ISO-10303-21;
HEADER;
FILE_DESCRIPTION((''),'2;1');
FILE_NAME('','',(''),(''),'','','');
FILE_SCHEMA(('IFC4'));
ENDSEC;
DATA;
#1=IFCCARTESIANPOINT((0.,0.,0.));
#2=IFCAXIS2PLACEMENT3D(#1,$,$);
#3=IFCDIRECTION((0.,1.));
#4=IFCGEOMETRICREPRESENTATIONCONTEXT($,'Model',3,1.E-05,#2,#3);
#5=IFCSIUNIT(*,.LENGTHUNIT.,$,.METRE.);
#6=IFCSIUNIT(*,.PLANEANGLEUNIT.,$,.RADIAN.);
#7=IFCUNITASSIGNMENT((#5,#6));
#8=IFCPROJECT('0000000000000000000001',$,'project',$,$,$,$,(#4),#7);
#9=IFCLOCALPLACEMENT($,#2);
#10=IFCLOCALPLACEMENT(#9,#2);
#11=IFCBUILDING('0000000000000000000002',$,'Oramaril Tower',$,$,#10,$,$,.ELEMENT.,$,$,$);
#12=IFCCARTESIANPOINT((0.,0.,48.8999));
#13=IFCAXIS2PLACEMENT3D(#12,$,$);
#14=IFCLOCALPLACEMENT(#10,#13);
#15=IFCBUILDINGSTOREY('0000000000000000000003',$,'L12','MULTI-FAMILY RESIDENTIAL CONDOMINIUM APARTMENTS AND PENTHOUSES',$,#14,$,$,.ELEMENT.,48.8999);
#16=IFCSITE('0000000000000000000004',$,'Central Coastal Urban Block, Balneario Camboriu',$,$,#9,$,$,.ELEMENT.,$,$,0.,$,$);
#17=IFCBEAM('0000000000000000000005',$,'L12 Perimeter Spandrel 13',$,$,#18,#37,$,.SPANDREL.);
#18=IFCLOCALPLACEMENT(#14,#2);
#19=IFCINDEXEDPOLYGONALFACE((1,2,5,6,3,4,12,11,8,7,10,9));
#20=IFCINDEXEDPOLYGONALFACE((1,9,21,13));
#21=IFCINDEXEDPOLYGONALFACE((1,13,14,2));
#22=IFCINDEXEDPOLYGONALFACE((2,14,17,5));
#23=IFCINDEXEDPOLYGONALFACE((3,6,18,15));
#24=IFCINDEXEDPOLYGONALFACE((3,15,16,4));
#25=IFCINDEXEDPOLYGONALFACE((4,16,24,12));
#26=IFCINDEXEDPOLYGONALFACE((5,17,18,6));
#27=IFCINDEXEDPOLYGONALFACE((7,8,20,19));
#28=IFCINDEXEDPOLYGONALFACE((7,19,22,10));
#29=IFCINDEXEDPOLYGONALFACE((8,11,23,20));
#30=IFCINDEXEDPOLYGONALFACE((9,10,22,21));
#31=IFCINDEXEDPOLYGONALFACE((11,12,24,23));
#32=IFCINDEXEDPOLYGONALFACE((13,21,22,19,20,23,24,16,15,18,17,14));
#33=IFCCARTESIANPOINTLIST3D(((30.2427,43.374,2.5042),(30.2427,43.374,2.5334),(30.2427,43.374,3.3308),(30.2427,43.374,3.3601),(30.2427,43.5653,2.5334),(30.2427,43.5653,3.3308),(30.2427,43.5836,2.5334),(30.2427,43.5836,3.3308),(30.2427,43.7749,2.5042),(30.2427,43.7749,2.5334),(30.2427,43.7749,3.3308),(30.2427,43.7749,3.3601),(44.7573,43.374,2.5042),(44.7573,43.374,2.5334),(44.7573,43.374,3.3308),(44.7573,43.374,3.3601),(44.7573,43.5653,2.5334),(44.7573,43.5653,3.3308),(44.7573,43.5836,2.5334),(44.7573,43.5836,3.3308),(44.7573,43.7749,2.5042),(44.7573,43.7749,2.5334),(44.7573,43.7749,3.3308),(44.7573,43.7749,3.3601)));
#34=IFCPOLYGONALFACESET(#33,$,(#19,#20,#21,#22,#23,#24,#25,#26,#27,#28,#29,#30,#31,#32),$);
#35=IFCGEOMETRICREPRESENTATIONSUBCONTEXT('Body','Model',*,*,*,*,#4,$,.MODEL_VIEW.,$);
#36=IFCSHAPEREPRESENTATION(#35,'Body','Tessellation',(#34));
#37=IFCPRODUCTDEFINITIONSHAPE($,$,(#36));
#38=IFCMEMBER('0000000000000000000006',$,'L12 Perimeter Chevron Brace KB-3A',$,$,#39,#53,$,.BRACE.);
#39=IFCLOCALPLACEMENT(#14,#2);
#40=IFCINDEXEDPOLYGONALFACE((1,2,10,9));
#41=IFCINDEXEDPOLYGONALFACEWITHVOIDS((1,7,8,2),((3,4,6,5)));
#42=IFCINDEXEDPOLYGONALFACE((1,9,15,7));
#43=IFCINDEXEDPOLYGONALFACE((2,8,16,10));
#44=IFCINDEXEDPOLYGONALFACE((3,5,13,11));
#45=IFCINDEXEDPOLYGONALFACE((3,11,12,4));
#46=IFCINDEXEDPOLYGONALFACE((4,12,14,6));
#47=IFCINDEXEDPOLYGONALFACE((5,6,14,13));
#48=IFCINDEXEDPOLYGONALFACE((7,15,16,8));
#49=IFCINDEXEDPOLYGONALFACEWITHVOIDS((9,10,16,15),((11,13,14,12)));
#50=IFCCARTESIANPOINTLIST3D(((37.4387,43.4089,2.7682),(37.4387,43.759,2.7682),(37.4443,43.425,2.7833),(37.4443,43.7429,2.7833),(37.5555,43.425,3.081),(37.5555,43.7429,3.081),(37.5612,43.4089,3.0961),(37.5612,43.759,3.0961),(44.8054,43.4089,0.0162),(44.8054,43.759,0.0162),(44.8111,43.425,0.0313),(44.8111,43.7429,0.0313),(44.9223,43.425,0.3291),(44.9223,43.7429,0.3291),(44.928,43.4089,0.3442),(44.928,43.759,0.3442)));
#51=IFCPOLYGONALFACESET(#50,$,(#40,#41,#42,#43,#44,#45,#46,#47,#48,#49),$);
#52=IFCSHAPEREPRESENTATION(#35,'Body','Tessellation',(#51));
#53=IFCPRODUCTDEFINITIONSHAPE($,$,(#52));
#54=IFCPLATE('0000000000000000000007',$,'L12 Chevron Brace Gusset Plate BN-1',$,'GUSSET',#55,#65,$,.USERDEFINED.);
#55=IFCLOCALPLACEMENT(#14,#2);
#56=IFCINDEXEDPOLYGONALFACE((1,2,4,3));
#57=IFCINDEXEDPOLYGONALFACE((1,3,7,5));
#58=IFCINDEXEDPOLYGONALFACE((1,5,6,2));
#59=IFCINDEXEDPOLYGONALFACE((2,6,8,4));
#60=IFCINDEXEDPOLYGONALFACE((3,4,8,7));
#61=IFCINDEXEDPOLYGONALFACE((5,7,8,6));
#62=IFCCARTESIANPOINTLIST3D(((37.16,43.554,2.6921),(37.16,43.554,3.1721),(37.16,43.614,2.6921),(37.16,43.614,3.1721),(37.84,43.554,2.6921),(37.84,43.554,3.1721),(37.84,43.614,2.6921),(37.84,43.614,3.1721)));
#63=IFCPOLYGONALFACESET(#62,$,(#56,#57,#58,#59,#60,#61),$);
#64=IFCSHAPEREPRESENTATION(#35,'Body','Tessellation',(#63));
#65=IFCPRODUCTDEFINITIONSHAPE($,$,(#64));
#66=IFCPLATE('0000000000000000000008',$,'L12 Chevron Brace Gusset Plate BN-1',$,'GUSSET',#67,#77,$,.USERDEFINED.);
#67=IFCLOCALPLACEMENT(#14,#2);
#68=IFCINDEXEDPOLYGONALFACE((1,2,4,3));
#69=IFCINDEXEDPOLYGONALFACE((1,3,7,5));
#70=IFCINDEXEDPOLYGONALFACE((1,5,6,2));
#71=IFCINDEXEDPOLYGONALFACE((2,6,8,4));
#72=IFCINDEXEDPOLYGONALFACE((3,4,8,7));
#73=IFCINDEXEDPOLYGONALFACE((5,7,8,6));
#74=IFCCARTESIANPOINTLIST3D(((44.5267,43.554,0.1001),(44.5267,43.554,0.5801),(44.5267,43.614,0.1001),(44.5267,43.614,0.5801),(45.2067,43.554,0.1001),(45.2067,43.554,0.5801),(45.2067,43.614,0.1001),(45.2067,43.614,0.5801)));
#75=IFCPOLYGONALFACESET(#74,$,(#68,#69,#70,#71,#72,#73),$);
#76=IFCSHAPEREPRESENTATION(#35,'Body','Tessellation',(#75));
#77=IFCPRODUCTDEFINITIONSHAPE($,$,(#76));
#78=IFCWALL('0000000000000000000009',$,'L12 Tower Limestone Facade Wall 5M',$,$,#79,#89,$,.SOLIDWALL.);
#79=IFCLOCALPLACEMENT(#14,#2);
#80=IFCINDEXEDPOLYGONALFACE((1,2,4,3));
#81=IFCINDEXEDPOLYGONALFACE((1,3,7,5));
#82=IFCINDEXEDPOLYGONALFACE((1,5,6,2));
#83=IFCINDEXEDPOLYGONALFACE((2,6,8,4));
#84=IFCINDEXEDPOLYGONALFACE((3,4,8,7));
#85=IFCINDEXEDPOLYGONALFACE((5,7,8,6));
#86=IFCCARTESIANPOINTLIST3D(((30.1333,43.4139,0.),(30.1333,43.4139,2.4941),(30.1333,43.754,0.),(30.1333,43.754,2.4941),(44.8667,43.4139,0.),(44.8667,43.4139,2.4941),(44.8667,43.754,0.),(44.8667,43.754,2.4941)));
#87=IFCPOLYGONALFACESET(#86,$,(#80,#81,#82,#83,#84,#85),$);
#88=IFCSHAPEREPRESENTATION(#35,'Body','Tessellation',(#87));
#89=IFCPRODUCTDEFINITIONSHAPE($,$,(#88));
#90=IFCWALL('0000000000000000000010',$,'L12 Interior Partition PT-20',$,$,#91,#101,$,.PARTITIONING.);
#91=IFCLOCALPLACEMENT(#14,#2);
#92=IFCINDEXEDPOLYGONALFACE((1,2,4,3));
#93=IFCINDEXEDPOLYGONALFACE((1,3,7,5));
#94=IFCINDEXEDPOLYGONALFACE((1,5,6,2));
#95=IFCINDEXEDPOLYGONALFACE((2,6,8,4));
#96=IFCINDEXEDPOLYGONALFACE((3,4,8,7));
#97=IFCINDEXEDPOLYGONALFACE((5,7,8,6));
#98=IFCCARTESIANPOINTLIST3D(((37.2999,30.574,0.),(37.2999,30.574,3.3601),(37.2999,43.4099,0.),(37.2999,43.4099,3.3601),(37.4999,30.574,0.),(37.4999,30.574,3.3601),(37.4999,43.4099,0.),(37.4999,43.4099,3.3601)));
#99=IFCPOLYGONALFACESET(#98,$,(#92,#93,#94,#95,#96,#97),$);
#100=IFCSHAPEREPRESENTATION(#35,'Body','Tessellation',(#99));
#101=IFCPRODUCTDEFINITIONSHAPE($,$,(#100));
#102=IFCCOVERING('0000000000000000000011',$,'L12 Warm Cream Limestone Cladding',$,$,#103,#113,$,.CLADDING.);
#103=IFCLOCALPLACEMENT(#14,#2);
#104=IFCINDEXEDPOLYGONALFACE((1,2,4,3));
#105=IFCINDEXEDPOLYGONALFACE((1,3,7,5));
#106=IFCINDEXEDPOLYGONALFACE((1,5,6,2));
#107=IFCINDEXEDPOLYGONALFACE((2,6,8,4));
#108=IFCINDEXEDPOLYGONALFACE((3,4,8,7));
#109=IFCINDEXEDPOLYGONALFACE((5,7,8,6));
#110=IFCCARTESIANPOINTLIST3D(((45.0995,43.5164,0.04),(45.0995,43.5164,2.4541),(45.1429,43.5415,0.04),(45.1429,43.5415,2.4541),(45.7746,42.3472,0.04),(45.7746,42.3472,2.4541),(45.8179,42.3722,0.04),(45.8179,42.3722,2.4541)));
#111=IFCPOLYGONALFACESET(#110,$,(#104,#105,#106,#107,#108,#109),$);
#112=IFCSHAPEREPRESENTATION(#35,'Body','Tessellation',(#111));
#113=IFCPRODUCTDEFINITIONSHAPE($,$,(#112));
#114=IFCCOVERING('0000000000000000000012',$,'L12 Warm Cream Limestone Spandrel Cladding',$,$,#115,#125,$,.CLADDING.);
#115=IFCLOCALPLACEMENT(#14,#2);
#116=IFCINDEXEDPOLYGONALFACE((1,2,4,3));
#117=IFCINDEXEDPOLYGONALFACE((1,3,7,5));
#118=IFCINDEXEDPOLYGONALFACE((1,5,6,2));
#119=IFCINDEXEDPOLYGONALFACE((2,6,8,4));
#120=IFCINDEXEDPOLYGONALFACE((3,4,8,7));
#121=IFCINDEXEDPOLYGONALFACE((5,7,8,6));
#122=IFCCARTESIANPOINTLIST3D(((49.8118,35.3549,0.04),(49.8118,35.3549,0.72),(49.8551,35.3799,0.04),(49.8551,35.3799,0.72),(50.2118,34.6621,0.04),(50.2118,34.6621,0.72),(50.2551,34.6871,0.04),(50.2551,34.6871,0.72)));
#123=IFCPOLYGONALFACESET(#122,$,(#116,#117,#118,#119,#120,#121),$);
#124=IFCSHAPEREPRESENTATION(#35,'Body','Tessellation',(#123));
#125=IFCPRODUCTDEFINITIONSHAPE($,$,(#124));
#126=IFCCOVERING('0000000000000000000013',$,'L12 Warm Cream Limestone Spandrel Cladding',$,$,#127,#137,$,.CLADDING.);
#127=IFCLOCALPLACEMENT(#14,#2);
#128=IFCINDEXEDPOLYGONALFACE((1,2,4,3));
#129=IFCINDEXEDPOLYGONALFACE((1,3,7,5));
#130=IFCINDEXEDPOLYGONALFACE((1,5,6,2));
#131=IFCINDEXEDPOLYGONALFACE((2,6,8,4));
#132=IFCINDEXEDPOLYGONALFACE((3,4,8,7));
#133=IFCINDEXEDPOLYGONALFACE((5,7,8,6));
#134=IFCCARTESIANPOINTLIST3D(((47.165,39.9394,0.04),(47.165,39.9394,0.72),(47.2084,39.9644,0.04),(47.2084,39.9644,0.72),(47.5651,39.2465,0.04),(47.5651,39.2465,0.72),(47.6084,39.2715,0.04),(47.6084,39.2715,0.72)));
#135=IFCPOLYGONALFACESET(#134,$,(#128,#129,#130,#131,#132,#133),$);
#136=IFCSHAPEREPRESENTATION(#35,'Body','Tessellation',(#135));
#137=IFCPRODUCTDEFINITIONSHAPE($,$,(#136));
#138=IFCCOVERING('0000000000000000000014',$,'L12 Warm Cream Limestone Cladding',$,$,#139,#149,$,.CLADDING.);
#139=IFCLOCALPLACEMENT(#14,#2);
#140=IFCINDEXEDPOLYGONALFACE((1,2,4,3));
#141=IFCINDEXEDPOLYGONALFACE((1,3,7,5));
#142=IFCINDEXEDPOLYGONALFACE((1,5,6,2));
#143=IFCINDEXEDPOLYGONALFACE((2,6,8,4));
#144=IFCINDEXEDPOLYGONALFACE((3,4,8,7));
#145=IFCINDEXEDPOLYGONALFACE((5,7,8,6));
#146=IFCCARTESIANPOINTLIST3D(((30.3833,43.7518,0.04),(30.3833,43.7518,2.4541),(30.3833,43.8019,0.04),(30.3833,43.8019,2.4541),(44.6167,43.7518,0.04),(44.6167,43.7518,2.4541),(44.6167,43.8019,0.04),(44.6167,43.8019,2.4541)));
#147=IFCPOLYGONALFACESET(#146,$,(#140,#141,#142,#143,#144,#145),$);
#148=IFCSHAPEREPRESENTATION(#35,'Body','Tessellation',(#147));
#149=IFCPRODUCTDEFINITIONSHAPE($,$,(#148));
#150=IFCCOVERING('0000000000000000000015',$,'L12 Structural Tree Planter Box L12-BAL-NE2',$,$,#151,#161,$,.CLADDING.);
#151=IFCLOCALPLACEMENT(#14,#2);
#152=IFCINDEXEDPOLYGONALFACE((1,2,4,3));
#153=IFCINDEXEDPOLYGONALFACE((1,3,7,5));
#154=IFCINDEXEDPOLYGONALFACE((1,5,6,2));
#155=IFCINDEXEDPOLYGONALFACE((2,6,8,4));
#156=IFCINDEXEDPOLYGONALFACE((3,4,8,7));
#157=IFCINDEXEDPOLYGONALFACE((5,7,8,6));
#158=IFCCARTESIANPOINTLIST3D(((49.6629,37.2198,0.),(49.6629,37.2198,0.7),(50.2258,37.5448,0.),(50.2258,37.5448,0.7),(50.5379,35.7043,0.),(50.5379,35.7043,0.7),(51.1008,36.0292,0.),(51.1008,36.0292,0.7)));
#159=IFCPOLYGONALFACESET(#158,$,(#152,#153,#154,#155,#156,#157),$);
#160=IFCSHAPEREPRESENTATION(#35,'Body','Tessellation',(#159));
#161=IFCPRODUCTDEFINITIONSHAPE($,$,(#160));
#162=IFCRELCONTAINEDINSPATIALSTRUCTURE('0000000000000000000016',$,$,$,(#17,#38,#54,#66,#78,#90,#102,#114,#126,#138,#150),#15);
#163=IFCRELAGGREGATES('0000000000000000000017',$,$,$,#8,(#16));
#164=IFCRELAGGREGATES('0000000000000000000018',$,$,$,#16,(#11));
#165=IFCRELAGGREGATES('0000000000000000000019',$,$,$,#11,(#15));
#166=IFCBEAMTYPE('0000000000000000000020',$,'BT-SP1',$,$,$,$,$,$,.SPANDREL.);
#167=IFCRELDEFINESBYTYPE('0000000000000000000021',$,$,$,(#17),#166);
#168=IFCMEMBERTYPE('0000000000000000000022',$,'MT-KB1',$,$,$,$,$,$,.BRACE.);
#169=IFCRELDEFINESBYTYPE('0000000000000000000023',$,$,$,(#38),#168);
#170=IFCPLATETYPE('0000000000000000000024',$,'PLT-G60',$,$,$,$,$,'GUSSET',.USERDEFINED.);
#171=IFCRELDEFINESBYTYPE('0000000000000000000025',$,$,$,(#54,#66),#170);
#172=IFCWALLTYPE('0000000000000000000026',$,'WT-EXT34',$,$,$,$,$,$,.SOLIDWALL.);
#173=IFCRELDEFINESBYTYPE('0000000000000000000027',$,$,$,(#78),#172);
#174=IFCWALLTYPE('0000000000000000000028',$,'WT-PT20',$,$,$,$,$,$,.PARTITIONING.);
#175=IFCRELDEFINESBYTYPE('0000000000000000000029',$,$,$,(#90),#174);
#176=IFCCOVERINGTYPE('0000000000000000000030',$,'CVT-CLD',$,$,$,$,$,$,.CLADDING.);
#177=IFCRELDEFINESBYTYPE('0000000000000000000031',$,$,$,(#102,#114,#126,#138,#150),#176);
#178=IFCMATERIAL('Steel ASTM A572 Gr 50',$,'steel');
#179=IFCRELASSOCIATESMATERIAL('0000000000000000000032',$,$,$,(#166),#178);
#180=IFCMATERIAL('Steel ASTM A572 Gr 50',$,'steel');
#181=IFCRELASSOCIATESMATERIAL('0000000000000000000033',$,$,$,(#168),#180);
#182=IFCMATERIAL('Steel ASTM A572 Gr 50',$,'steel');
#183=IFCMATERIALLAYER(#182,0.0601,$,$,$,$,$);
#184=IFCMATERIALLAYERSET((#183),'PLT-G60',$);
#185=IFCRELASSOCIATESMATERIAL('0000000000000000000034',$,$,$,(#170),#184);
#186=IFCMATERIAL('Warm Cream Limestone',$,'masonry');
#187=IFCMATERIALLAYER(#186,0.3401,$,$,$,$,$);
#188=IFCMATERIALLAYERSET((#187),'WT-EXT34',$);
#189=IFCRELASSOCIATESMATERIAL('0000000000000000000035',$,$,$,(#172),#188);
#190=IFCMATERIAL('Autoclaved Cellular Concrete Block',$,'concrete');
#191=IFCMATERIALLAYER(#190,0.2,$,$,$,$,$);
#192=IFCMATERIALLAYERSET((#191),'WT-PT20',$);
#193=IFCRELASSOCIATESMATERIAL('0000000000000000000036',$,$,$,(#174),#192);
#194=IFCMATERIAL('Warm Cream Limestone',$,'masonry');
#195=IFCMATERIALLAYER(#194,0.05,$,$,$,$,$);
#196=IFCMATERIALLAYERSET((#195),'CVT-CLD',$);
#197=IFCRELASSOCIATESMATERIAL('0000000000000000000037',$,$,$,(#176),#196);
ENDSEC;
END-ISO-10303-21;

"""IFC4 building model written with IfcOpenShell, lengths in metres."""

from ifc_helpers import new_model, si_unit, direction, frame, frame_2d, origin, origin_2d, place, context, subcontext, project, spatial, rectangle, hollow_rectangle, i_section, extrude, material, layer, layer_set, material_profile, profile_set, type_object, element, save


model = new_model("IFC4")

# Units and contexts
model_context = context("Model", 3, precision=1e-05, world=origin(), true_north=direction((0.0, 1.0)))
body_context = subcontext(model_context, "Body", "Model", "MODEL_VIEW")
ifc_project = project(units=[si_unit("LENGTHUNIT", "METRE"), si_unit("PLANEANGLEUNIT", "RADIAN")], contexts=[model_context])

# Site, building, storey
site_placement = place(None, origin())
site = spatial("IfcSite", under=ifc_project, at=site_placement, Name="Central Coastal Urban Block, Balneario Camboriu", CompositionType="ELEMENT", RefElevation=0.0)
building_placement = place(site_placement, origin())
building = spatial("IfcBuilding", under=site, at=building_placement, Name="Oramaril Tower", CompositionType="ELEMENT")
storey_placement = place(building_placement, frame((0.0, 0.0, 48.8999)))
storey = spatial("IfcBuildingStorey", under=building, at=storey_placement, Name="L12", Description="MULTI-FAMILY RESIDENTIAL CONDOMINIUM APARTMENTS AND PENTHOUSES", CompositionType="ELEMENT", Elevation=48.8999)

# Beam
ifc_material_1 = material(Name="Steel ASTM A572 Gr 50", Category="steel")
ifc_material_profile_1 = material_profile(ifc_material_1, i_section(OverallWidth=0.4009, OverallDepth=0.856, WebThickness=0.0183, FlangeThickness=0.0293, at=origin_2d()), Name="W33X201")
ifc_profile_set_1 = profile_set([ifc_material_profile_1], Name="Steel ASTM A572 Gr 50")
beam_type_1 = type_object("IfcBeamType", Name="BT-SP1", PredefinedType="SPANDREL", material=ifc_profile_set_1)
beam_1_placement = place(storey_placement, frame((44.7573, 43.5745, 2.9321), z_axis=(-1.0, 0.0, 0.0), x_axis=(0.0, -1.0, 0.0)))
element("IfcBeam", 1, at=beam_1_placement, inside=storey, type_object=beam_type_1, Name="L12 Perimeter Spandrel 13", PredefinedType="SPANDREL", context=body_context, shape_type="SweptSolid", body=[
    extrude(i_section(OverallWidth=0.4009, OverallDepth=0.856, WebThickness=0.0183, FlangeThickness=0.0293, at=origin_2d()), origin(), (0.0, 0.0, 1.0), 14.5146),
])

# Member
ifc_material_2 = material(Name="Steel ASTM A572 Gr 50", Category="steel")
ifc_material_profile_2 = material_profile(ifc_material_2, hollow_rectangle(XDim=0.3501, YDim=0.3501, WallThickness=0.0161, at=origin_2d()), Name="HSS350X350X16")
ifc_profile_set_2 = profile_set([ifc_material_profile_2], Name="Steel ASTM A572 Gr 50")
member_type = type_object("IfcMemberType", Name="MT-KB1", PredefinedType="BRACE", material=ifc_profile_set_2)
member_placement = place(storey_placement, frame((44.8667, 43.584, 0.1802), z_axis=(-0.93677, 0.0, 0.349946), x_axis=(0.0, -1.0, 0.0)))
element("IfcMember", 2, at=member_placement, inside=storey, type_object=member_type, Name="L12 Perimeter Chevron Brace KB-3A", PredefinedType="BRACE", context=body_context, shape_type="SweptSolid", body=[
    extrude(hollow_rectangle(XDim=0.3501, YDim=0.3501, WallThickness=0.0161, at=origin_2d()), origin(), (0.0, 0.0, 1.0), 7.864),
])

# Plates
ifc_material_3 = material(Name="Steel ASTM A572 Gr 50", Category="steel")
ifc_layer_1 = layer(ifc_material_3, 0.0601)
ifc_layer_set_1 = layer_set([ifc_layer_1], Name="PLT-G60")
plate_type = type_object("IfcPlateType", Name="PLT-G60", ElementType="GUSSET", PredefinedType="USERDEFINED", material=ifc_layer_set_1)
for number, where, z_axis, x_axis, name in (
    (3, (37.5, 43.584, 2.6921), (0.0, 0.0, 1.0), (-1.0, 0.0, 0.0), "L12 Chevron Brace Gusset Plate BN-1"),
    (4, (44.8667, 43.584, 0.1001), (0.0, 0.0, 1.0), (-1.0, 0.0, 0.0), "L12 Chevron Brace Gusset Plate BN-1"),
):
    element("IfcPlate", number, at=place(storey_placement, frame(where, z_axis=z_axis, x_axis=x_axis)), inside=storey, type_object=plate_type, Name=name, ObjectType="GUSSET", PredefinedType="USERDEFINED", context=body_context, shape_type="SweptSolid", body=[
        extrude(rectangle(XDim=0.6799, YDim=0.0601, at=origin_2d()), origin(), (0.0, 0.0, 1.0), 0.48),
    ])

# Walls
ifc_material_4 = material(Name="Warm Cream Limestone", Category="masonry")
ifc_layer_2 = layer(ifc_material_4, 0.3401)
ifc_layer_set_2 = layer_set([ifc_layer_2], Name="WT-EXT34")
wall_type_1 = type_object("IfcWallType", Name="WT-EXT34", PredefinedType="SOLIDWALL", material=ifc_layer_set_2)
wall_1_placement = place(storey_placement, frame((44.8667, 43.584, 0.0), z_axis=(0.0, 0.0, 1.0), x_axis=(-1.0, 0.0, 0.0)))
element("IfcWall", 5, at=wall_1_placement, inside=storey, type_object=wall_type_1, Name="L12 Tower Limestone Facade Wall 5M", PredefinedType="SOLIDWALL", context=body_context, shape_type="SweptSolid", body=[
    extrude(rectangle(XDim=14.7334, YDim=0.3401, at=frame_2d((7.3667, 0.0))), origin(), (0.0, 0.0, 1.0), 2.4941),
])
ifc_material_5 = material(Name="Autoclaved Cellular Concrete Block", Category="concrete")
ifc_layer_3 = layer(ifc_material_5, 0.2)
ifc_layer_set_3 = layer_set([ifc_layer_3], Name="WT-PT20")
wall_type_2 = type_object("IfcWallType", Name="WT-PT20", PredefinedType="PARTITIONING", material=ifc_layer_set_3)
wall_2_placement = place(storey_placement, frame((37.3999, 30.574, 0.0), z_axis=(0.0, 0.0, 1.0), x_axis=(0.0, 1.0, 0.0)))
element("IfcWall", 6, at=wall_2_placement, inside=storey, type_object=wall_type_2, Name="L12 Interior Partition PT-20", PredefinedType="PARTITIONING", context=body_context, shape_type="SweptSolid", body=[
    extrude(rectangle(XDim=12.8359, YDim=0.2, at=frame_2d((6.418, 0.0))), origin(), (0.0, 0.0, 1.0), 3.3601),
])

# Coverings
ifc_material_6 = material(Name="Warm Cream Limestone", Category="masonry")
ifc_layer_4 = layer(ifc_material_6, 0.05)
ifc_layer_set_4 = layer_set([ifc_layer_4], Name="CVT-CLD")
covering_type = type_object("IfcCoveringType", Name="CVT-CLD", PredefinedType="CLADDING", material=ifc_layer_set_4)
covering_1_placement = place(storey_placement, frame((45.4587, 42.9443, 0.04), z_axis=(0.0, 0.0, 1.0), x_axis=(-0.5, 0.866025, 0.0)))
element("IfcCovering", 7, at=covering_1_placement, inside=storey, type_object=covering_type, Name="L12 Warm Cream Limestone Cladding", PredefinedType="CLADDING", context=body_context, shape_type="SweptSolid", body=[
    extrude(rectangle(XDim=1.3501, YDim=0.05, at=origin_2d()), origin(), (0.0, 0.0, 1.0), 2.4141),
])
for number, where, z_axis, x_axis, name in (
    (8, (50.0334, 35.021, 0.04), (0.0, 0.0, 1.0), (-0.5, 0.866025, 0.0), "L12 Warm Cream Limestone Spandrel Cladding"),
    (9, (47.3867, 39.6055, 0.04), (0.0, 0.0, 1.0), (-0.5, 0.866025, 0.0), "L12 Warm Cream Limestone Spandrel Cladding"),
):
    element("IfcCovering", number, at=place(storey_placement, frame(where, z_axis=z_axis, x_axis=x_axis)), inside=storey, type_object=covering_type, Name=name, PredefinedType="CLADDING", context=body_context, shape_type="SweptSolid", body=[
        extrude(rectangle(XDim=0.8, YDim=0.05, at=origin_2d()), origin(), (0.0, 0.0, 1.0), 0.6799),
    ])
covering_2_placement = place(storey_placement, frame((37.5, 43.7769, 0.04), z_axis=(0.0, 0.0, 1.0), x_axis=(-1.0, 0.0, 0.0)))
element("IfcCovering", 10, at=covering_2_placement, inside=storey, type_object=covering_type, Name="L12 Warm Cream Limestone Cladding", PredefinedType="CLADDING", context=body_context, shape_type="SweptSolid", body=[
    extrude(rectangle(XDim=14.2334, YDim=0.05, at=origin_2d()), origin(), (0.0, 0.0, 1.0), 2.4141),
])
covering_3_placement = place(storey_placement, frame((50.3818, 36.6245, 0.0), z_axis=(0.0, 0.0, 1.0), x_axis=(-0.5, 0.866025, 0.0)))
element("IfcCovering", 11, at=covering_3_placement, inside=storey, type_object=covering_type, Name="L12 Structural Tree Planter Box L12-BAL-NE2", PredefinedType="CLADDING", context=body_context, shape_type="SweptSolid", body=[
    extrude(rectangle(XDim=1.75, YDim=0.6499, at=origin_2d()), origin(), (0.0, 0.0, 1.0), 0.7),
])

save(model, "model.ifc")
